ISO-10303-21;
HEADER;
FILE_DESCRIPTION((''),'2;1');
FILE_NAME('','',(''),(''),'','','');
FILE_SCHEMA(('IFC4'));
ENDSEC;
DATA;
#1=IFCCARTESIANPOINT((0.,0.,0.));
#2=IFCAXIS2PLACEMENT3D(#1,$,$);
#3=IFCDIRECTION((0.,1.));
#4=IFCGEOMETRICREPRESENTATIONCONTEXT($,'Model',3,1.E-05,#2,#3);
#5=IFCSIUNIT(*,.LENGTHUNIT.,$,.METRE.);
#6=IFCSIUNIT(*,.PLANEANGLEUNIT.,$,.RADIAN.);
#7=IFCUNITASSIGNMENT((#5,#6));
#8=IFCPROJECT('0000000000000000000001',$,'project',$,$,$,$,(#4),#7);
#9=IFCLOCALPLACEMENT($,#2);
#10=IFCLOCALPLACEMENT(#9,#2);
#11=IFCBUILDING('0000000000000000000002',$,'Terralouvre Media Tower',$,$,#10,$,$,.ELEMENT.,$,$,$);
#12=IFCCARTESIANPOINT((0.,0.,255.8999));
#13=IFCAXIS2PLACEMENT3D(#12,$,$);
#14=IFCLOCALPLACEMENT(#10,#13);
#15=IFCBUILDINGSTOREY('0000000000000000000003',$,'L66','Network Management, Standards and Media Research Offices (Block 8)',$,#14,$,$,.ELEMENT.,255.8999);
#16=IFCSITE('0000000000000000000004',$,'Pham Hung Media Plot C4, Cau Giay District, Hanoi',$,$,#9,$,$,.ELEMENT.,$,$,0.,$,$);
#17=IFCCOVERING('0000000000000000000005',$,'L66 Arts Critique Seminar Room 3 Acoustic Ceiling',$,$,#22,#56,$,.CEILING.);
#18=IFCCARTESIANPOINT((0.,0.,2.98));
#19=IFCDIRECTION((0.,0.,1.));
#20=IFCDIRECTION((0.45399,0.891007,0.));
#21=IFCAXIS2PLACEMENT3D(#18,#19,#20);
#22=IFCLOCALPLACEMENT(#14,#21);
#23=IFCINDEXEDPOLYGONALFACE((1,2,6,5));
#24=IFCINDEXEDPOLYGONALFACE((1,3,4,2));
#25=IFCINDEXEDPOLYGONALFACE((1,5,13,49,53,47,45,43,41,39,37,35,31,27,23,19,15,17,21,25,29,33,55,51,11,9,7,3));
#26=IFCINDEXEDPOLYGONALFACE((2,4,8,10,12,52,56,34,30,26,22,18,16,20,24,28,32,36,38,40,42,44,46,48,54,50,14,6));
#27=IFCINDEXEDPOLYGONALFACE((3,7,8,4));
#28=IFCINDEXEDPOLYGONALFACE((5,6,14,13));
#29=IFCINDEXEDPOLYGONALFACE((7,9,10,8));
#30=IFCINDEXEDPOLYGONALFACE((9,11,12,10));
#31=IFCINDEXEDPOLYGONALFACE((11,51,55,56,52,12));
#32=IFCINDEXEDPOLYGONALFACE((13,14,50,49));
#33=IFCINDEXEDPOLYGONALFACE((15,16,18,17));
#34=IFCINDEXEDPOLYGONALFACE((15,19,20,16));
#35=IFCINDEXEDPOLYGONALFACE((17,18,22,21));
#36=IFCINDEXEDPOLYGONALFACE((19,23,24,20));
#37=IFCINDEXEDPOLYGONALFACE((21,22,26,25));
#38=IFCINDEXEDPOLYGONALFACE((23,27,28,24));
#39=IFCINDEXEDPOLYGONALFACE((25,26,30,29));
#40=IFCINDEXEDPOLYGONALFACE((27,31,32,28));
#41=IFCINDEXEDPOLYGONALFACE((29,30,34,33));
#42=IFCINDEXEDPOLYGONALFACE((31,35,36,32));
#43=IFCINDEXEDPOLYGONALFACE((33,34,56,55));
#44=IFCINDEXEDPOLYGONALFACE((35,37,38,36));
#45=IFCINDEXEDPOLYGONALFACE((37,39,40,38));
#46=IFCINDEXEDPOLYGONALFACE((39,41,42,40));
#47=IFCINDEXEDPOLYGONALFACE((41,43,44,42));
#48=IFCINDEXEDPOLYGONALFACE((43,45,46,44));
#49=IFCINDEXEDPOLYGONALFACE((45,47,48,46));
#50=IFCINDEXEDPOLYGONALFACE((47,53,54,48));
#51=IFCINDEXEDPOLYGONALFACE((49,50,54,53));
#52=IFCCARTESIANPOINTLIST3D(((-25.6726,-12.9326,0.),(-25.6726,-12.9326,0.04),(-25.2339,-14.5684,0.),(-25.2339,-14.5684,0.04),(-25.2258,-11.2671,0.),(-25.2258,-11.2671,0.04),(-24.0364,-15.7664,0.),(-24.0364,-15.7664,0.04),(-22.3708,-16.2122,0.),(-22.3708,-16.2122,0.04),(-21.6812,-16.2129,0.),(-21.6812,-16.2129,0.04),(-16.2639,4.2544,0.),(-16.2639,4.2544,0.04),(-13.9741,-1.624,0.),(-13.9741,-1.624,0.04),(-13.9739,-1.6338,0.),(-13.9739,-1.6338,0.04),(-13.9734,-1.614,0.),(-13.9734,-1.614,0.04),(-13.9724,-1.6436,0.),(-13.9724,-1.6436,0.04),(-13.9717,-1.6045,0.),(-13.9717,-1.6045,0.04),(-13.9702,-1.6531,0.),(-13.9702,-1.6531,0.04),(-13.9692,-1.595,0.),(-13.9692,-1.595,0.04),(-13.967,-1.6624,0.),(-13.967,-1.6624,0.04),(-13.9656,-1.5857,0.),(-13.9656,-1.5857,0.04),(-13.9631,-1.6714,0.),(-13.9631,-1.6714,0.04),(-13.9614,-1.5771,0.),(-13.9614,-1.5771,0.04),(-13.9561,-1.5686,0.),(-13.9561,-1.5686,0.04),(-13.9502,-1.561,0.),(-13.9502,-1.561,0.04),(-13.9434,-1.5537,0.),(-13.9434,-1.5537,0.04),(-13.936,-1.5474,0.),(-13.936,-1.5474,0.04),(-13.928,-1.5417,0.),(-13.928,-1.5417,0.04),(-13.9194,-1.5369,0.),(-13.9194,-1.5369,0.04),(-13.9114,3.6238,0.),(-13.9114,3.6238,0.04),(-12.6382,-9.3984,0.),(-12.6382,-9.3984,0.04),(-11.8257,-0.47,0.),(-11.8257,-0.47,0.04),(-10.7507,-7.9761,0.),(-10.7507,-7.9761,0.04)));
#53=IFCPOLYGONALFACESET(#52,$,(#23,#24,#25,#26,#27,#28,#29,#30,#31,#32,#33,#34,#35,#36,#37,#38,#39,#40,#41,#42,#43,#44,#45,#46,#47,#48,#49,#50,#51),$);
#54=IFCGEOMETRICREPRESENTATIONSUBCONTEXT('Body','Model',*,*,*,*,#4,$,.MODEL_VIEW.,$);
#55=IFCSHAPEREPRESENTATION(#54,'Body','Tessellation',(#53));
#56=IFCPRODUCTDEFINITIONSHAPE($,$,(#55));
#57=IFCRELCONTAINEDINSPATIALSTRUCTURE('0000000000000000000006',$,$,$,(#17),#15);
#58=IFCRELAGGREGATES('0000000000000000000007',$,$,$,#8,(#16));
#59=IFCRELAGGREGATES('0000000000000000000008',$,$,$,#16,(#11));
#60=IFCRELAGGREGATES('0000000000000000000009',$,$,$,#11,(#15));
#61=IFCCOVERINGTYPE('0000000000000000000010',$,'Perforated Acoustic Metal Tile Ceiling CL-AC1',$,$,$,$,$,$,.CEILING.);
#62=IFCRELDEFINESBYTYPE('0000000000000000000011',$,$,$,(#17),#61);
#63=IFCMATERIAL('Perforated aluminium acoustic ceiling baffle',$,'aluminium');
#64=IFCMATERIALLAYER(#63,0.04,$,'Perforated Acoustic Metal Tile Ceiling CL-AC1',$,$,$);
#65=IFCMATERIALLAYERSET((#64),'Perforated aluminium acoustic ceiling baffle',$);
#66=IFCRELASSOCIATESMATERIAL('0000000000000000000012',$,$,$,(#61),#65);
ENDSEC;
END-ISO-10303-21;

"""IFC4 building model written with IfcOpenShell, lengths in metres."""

from ifc_helpers import new_model, si_unit, direction, frame, origin, place, context, subcontext, project, spatial, polyline, outline, extrude, material, layer, layer_set, type_object, element, save


model = new_model("IFC4")

# Units and contexts
model_context = context("Model", 3, precision=1e-05, world=origin(), true_north=direction((0.0, 1.0)))
body_context = subcontext(model_context, "Body", "Model", "MODEL_VIEW")
ifc_project = project(units=[si_unit("LENGTHUNIT", "METRE"), si_unit("PLANEANGLEUNIT", "RADIAN")], contexts=[model_context])

# Site, building, storey
site_placement = place(None, origin())
site = spatial("IfcSite", under=ifc_project, at=site_placement, Name="Pham Hung Media Plot C4, Cau Giay District, Hanoi", CompositionType="ELEMENT", RefElevation=0.0)
building_placement = place(site_placement, origin())
building = spatial("IfcBuilding", under=site, at=building_placement, Name="Terralouvre Media Tower", CompositionType="ELEMENT")
storey_placement = place(building_placement, frame((0.0, 0.0, 255.8999)))
storey = spatial("IfcBuildingStorey", under=building, at=storey_placement, Name="L66", Description="Network Management, Standards and Media Research Offices (Block 8)", CompositionType="ELEMENT", Elevation=255.8999)

# Covering
ifc_material_1 = material(Name="Perforated aluminium acoustic ceiling baffle", Category="aluminium")
ifc_layer_1 = layer(ifc_material_1, 0.04, Name="Perforated Acoustic Metal Tile Ceiling CL-AC1")
ifc_layer_set_1 = layer_set([ifc_layer_1], Name="Perforated aluminium acoustic ceiling baffle")
covering_type_1 = type_object("IfcCoveringType", Name="Perforated Acoustic Metal Tile Ceiling CL-AC1", PredefinedType="CEILING", material=ifc_layer_set_1)
covering_1_placement = place(storey_placement, frame((0.0, 0.0, 2.98), z_axis=(0.0, 0.0, 1.0), x_axis=(0.45399, 0.891007, 0.0)))
element("IfcCovering", 1, at=covering_1_placement, inside=storey, type_object=covering_type_1, Name="L66 Arts Critique Seminar Room 3 Acoustic Ceiling", PredefinedType="CEILING", context=body_context, shape_type="SweptSolid", body=[
    extrude(outline(polyline([(-10.7507, -7.9761), (-13.9631, -1.6714), (-13.967, -1.6624), (-13.9702, -1.6531), (-13.9724, -1.6436), (-13.9739, -1.6338), (-13.9741, -1.624), (-13.9734, -1.614), (-13.9717, -1.6045), (-13.9692, -1.595), (-13.9656, -1.5857), (-13.9614, -1.5771), (-13.9561, -1.5686), (-13.9502, -1.561), (-13.9434, -1.5537), (-13.936, -1.5474), (-13.928, -1.5417), (-13.9194, -1.5369), (-11.8257, -0.47), (-13.9114, 3.6238), (-16.2639, 4.2544), (-25.2258, -11.2671), (-25.6726, -12.9326), (-25.2339, -14.5684), (-24.0364, -15.7664), (-22.3708, -16.2122), (-21.6812, -16.2129), (-12.6382, -9.3984), (-10.7507, -7.9761)])), origin(), (0.0, 0.0, 1.0), 0.04),
])

save(model, "model.ifc")
